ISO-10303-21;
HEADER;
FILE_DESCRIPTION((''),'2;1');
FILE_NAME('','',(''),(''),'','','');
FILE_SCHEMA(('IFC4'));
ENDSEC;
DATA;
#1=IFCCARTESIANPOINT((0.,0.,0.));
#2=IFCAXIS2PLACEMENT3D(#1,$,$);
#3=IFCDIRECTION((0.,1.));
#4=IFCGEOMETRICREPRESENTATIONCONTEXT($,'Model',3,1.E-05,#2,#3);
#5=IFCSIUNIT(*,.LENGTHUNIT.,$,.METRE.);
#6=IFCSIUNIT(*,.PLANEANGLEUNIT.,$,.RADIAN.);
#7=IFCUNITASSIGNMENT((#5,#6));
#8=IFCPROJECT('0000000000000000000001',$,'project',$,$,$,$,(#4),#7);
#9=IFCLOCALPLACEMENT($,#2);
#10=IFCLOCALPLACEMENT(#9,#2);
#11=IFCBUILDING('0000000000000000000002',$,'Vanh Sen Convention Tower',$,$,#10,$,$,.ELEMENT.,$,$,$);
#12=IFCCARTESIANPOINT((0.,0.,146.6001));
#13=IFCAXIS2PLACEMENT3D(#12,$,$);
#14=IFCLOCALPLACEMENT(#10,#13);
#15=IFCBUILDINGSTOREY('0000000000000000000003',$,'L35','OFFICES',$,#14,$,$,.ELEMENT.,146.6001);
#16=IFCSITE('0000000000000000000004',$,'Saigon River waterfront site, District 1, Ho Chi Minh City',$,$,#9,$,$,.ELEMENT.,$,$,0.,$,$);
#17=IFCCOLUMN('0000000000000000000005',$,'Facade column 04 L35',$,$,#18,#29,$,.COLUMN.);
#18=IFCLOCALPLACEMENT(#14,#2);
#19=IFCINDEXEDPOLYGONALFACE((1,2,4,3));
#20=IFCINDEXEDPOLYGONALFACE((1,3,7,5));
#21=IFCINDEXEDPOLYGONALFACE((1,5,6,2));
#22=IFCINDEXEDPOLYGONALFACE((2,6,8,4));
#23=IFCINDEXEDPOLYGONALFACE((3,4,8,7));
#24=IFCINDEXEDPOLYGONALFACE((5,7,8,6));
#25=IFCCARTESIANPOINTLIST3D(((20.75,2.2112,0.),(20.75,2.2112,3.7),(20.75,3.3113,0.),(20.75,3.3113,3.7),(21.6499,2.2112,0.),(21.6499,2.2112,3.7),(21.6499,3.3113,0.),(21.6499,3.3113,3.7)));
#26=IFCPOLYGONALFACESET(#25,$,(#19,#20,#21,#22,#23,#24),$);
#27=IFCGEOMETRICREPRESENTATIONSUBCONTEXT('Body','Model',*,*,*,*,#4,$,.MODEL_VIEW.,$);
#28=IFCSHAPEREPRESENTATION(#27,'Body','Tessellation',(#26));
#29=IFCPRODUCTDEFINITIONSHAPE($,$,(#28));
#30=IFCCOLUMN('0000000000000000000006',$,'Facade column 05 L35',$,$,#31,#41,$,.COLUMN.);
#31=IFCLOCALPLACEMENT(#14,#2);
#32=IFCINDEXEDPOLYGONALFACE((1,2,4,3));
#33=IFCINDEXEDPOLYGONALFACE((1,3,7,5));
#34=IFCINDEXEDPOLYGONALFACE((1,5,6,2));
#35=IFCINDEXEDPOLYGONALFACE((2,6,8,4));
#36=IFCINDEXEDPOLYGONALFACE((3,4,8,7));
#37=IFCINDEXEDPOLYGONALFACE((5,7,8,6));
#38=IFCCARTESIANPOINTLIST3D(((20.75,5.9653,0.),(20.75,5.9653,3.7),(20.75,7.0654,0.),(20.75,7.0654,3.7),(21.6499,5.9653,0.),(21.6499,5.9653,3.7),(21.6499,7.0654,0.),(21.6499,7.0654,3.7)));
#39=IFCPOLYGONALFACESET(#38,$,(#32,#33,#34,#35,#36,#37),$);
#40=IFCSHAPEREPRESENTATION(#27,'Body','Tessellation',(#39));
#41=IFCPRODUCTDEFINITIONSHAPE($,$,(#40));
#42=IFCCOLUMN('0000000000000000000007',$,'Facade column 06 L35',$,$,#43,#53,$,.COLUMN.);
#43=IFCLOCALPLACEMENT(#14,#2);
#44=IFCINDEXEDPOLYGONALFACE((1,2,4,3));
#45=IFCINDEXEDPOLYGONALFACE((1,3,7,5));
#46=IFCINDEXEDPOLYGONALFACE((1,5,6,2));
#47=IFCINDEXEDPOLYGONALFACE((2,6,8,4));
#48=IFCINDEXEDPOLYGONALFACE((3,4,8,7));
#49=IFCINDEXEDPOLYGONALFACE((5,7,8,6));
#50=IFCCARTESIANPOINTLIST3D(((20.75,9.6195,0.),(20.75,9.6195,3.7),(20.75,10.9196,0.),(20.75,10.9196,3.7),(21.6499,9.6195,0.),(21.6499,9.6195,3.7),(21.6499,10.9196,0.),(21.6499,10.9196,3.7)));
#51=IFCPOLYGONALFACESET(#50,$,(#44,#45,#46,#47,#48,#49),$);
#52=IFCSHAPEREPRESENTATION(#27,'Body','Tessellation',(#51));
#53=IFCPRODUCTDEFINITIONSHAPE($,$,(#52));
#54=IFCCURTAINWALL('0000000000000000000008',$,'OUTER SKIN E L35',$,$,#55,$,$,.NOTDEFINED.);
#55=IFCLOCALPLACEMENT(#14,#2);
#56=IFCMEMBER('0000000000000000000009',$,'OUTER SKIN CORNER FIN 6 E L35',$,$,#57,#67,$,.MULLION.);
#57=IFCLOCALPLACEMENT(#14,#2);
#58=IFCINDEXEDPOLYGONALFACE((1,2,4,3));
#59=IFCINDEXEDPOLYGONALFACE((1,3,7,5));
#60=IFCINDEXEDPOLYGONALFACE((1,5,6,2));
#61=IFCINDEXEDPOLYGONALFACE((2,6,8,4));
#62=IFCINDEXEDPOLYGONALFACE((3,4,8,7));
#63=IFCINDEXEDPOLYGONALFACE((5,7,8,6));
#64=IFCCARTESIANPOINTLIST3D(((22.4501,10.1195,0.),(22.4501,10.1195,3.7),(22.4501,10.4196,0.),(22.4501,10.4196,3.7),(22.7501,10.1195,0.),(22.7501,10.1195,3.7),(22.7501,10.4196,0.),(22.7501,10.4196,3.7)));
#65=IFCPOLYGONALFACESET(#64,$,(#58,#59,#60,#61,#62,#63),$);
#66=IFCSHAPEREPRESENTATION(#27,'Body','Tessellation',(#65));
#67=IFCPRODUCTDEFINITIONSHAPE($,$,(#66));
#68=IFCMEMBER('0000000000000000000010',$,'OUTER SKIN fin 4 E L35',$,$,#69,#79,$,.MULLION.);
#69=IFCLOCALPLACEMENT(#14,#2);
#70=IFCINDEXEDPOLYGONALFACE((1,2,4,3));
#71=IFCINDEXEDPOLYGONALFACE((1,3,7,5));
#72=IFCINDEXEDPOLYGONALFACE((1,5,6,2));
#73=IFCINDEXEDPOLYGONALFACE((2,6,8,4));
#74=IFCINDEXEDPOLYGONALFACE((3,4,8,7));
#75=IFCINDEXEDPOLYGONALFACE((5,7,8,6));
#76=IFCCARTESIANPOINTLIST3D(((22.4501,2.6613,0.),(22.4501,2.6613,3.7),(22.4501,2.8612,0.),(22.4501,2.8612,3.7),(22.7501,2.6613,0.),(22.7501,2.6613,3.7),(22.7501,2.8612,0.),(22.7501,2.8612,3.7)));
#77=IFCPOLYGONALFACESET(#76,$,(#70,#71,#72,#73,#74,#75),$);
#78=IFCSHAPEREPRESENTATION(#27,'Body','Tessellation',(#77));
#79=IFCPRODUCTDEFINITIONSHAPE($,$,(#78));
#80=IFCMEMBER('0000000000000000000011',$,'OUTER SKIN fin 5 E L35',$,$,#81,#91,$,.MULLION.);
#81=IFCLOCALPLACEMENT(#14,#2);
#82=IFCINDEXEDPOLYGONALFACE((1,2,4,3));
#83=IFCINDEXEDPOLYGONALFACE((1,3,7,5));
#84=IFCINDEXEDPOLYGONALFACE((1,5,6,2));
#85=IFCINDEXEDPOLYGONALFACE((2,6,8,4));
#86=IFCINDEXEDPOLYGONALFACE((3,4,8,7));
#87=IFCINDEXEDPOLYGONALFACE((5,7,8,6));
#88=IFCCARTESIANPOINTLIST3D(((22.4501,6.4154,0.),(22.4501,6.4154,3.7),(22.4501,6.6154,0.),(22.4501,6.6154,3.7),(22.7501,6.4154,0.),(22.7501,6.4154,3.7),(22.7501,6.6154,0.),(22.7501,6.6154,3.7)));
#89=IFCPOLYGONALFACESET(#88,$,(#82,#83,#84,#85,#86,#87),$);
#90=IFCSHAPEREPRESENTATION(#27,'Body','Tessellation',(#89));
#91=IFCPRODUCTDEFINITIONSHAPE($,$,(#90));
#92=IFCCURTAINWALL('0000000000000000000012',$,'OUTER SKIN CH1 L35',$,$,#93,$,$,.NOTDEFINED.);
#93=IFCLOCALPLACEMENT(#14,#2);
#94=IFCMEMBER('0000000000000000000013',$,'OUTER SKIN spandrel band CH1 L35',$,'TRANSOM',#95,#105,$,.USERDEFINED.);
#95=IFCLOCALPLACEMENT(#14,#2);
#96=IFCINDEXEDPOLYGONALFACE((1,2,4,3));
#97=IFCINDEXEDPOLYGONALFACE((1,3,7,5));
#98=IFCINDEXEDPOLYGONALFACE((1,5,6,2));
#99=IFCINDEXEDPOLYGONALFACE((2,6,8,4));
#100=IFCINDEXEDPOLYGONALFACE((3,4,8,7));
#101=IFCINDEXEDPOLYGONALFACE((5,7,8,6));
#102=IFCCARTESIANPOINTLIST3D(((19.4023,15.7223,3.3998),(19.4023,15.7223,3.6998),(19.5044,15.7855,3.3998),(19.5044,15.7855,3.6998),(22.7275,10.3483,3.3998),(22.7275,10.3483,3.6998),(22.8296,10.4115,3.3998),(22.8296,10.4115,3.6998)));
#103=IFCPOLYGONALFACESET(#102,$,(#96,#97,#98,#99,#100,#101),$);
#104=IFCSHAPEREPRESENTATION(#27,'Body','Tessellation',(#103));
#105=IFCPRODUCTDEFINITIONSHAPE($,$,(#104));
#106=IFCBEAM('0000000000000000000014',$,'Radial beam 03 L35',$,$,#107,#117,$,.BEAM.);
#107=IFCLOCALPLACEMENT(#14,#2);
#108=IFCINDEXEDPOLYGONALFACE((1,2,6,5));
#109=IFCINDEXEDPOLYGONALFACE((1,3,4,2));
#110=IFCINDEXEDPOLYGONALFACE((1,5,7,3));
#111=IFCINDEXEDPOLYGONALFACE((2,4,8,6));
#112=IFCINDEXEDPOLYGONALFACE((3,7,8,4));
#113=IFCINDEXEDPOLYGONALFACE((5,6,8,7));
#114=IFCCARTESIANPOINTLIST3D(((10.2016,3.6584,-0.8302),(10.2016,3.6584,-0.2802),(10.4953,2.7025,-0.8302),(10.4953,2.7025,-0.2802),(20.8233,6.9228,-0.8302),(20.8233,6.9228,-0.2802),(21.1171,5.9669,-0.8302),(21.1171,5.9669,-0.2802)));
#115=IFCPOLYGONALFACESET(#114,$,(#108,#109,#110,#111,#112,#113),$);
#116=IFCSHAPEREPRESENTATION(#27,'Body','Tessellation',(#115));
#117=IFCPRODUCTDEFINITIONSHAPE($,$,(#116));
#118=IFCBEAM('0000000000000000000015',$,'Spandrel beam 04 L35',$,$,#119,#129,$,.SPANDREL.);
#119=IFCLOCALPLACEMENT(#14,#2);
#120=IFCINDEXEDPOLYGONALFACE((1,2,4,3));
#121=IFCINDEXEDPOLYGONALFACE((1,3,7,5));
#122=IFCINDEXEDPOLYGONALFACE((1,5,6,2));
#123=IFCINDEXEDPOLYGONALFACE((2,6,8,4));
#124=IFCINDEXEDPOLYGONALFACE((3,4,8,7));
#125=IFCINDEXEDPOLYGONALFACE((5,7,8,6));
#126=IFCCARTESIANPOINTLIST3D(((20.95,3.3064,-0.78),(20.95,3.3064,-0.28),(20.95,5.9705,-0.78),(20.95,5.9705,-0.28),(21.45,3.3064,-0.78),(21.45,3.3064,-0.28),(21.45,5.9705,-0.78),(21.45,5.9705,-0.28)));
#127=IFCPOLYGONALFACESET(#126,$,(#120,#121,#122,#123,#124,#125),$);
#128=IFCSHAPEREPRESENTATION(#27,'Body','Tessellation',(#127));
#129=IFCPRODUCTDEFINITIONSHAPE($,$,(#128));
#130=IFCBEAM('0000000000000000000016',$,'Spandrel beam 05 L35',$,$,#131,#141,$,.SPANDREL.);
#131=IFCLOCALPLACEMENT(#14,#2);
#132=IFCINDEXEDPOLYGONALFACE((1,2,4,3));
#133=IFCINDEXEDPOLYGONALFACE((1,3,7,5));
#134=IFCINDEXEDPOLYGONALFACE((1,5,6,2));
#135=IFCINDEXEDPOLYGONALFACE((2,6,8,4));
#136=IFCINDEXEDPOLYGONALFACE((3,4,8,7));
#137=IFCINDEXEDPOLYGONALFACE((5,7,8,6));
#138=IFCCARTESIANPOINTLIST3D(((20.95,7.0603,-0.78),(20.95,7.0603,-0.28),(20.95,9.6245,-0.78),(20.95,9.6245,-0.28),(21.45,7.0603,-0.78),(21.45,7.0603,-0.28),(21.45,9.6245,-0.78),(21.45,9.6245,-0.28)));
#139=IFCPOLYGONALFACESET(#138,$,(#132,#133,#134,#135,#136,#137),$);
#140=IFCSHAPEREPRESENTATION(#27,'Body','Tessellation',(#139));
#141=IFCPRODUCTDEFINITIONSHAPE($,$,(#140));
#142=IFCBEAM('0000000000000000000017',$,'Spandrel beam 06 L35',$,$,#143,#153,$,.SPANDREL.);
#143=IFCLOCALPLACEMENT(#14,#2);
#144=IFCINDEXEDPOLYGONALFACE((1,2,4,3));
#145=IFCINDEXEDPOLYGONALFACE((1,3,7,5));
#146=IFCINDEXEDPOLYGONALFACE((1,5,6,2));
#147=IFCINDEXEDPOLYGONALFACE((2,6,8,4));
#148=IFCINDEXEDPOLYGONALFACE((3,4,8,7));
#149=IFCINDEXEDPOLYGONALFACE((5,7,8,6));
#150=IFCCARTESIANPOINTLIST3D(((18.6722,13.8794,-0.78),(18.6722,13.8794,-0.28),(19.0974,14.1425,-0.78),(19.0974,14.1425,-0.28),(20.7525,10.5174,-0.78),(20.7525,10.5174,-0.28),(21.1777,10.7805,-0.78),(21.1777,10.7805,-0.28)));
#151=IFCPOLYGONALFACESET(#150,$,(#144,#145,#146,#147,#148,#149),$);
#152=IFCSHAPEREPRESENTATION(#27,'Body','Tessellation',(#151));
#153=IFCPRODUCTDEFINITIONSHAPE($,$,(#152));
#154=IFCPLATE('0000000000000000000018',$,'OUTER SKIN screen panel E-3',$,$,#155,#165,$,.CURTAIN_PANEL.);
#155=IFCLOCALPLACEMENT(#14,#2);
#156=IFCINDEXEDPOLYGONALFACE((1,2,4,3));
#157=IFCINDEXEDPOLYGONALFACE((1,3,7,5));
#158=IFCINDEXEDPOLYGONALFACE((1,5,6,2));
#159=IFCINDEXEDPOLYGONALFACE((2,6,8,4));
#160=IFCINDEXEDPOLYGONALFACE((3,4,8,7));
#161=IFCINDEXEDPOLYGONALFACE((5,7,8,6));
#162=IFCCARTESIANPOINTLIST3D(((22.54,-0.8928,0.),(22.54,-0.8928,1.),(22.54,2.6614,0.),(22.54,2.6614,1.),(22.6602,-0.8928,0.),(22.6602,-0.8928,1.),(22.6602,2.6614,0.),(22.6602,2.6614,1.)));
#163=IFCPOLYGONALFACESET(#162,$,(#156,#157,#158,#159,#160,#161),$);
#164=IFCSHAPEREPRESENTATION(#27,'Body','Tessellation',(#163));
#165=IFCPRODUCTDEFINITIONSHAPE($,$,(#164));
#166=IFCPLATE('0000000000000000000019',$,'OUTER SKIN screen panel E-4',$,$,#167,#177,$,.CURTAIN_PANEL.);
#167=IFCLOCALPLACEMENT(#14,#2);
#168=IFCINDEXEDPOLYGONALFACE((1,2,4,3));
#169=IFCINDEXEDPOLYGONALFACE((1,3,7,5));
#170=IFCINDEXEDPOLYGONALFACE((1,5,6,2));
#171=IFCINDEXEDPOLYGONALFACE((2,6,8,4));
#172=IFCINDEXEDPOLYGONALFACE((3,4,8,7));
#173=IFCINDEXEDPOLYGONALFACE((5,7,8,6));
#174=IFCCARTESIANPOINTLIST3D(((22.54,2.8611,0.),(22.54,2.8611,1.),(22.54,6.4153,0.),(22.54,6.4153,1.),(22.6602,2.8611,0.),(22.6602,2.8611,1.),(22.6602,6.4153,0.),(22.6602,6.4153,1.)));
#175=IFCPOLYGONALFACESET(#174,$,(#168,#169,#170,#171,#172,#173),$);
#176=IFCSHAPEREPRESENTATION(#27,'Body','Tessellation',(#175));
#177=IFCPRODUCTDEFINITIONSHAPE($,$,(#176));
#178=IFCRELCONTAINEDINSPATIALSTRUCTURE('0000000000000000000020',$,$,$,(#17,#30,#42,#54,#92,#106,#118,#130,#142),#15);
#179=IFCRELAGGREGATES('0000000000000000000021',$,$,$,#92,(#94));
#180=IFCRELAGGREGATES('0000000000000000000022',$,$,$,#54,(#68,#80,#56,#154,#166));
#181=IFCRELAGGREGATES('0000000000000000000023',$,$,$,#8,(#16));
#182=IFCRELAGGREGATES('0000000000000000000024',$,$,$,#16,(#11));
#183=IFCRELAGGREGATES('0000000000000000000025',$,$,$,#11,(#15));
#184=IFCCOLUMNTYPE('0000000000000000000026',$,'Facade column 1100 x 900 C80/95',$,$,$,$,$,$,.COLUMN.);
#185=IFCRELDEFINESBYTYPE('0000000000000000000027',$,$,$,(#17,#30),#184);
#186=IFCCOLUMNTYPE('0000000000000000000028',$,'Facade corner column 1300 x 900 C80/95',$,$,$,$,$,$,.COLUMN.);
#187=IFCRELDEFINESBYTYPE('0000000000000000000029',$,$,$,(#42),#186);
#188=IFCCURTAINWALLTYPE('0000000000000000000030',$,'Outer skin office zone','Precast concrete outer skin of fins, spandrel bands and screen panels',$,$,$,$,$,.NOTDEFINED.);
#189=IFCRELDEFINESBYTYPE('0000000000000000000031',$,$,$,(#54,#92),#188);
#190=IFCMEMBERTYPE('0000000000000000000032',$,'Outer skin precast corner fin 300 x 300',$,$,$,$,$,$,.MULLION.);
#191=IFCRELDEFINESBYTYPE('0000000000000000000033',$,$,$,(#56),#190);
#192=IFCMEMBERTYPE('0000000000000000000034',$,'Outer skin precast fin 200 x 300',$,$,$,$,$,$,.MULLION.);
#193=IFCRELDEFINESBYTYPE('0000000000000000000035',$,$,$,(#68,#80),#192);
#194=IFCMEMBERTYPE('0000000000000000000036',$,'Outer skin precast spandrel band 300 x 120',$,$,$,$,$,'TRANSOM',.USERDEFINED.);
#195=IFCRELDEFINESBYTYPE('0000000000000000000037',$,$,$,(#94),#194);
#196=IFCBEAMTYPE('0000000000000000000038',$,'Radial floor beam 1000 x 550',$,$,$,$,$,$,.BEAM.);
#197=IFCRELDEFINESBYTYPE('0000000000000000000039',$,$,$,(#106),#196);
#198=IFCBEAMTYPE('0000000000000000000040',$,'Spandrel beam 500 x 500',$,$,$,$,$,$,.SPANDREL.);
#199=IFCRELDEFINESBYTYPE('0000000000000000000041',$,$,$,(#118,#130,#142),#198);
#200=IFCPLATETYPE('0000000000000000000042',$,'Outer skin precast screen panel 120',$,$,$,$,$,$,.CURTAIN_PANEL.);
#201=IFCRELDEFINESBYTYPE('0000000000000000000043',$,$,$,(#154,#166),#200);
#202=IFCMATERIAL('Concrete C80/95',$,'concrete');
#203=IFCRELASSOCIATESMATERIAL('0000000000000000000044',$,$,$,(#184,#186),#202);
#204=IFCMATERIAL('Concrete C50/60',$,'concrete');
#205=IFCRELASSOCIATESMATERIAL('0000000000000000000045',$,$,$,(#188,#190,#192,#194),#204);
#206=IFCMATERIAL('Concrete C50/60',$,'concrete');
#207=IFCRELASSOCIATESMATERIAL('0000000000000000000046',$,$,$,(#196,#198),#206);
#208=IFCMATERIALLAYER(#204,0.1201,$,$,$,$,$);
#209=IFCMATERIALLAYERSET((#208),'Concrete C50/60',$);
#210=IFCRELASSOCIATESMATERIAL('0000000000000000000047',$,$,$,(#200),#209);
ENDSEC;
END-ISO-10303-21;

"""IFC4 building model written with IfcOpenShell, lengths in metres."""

from ifc_helpers import new_model, si_unit, direction, frame, origin, origin_2d, place, context, subcontext, project, spatial, rectangle, extrude, material, layer, layer_set, material_profile, profile_set, type_object, element, aggregate, save


model = new_model("IFC4")

# Units and contexts
model_context = context("Model", 3, precision=1e-05, world=origin(), true_north=direction((0.0, 1.0)))
body_context = subcontext(model_context, "Body", "Model", "MODEL_VIEW")
ifc_project = project(units=[si_unit("LENGTHUNIT", "METRE"), si_unit("PLANEANGLEUNIT", "RADIAN")], contexts=[model_context])

# Site, building, storey
site_placement = place(None, origin())
site = spatial("IfcSite", under=ifc_project, at=site_placement, Name="Saigon River waterfront site, District 1, Ho Chi Minh City", CompositionType="ELEMENT", RefElevation=0.0)
building_placement = place(site_placement, origin())
building = spatial("IfcBuilding", under=site, at=building_placement, Name="Vanh Sen Convention Tower", CompositionType="ELEMENT")
storey_placement = place(building_placement, frame((0.0, 0.0, 146.6001)))
storey = spatial("IfcBuildingStorey", under=building, at=storey_placement, Name="L35", Description="OFFICES", CompositionType="ELEMENT", Elevation=146.6001)

# Columns
ifc_material_1 = material(Name="Concrete C80/95", Category="concrete")
ifc_material_profile_1 = material_profile(ifc_material_1, rectangle(XDim=1.1001, YDim=0.8999, at=origin_2d()), Name="RC 1100X900")
ifc_profile_set_1 = profile_set([ifc_material_profile_1], Name="Concrete C80/95")
column_type_1 = type_object("IfcColumnType", Name="Facade column 1100 x 900 C80/95", PredefinedType="COLUMN", material=ifc_profile_set_1)
for number, where, z_axis, x_axis, name in (
    (1, (21.2, 2.7612, 0.0), (0.0, 0.0, 1.0), (0.0, 1.0, 0.0), "Facade column 04 L35"),
    (2, (21.2, 6.5154, 0.0), (0.0, 0.0, 1.0), (0.0, 1.0, 0.0), "Facade column 05 L35"),
):
    element("IfcColumn", number, at=place(storey_placement, frame(where, z_axis=z_axis, x_axis=x_axis)), inside=storey, type_object=column_type_1, Name=name, PredefinedType="COLUMN", context=body_context, shape_type="SweptSolid", body=[
        extrude(rectangle(XDim=1.1001, YDim=0.8999, at=origin_2d()), origin(), (0.0, 0.0, 1.0), 3.7),
    ])
ifc_material_profile_2 = material_profile(ifc_material_1, rectangle(XDim=1.3, YDim=0.8999, at=origin_2d()), Name="RC 1300X900")
ifc_profile_set_2 = profile_set([ifc_material_profile_2], Name="Concrete C80/95")
column_type_2 = type_object("IfcColumnType", Name="Facade corner column 1300 x 900 C80/95", PredefinedType="COLUMN", material=ifc_profile_set_2)
column_placement = place(storey_placement, frame((21.2, 10.2695, 0.0), z_axis=(0.0, 0.0, 1.0), x_axis=(0.0, 1.0, 0.0)))
element("IfcColumn", 3, at=column_placement, inside=storey, type_object=column_type_2, Name="Facade column 06 L35", PredefinedType="COLUMN", context=body_context, shape_type="SweptSolid", body=[
    extrude(rectangle(XDim=1.3, YDim=0.8999, at=origin_2d()), origin(), (0.0, 0.0, 1.0), 3.7),
])

# Curtain wall, members
ifc_material_2 = material(Name="Concrete C50/60", Category="concrete")
curtain_wall_type = type_object("IfcCurtainWallType", Name="Outer skin office zone", Description="Precast concrete outer skin of fins, spandrel bands and screen panels", PredefinedType="NOTDEFINED", material=ifc_material_2)
curtain_wall_1_placement = place(storey_placement, origin())
curtain_wall_1 = element("IfcCurtainWall", 4, at=curtain_wall_1_placement, inside=storey, type_object=curtain_wall_type, Name="OUTER SKIN E L35", PredefinedType="NOTDEFINED")
ifc_material_profile_3 = material_profile(ifc_material_2, rectangle(XDim=0.3, YDim=0.3, at=origin_2d()), Name="Outer skin precast corner fin 300 x 300")
ifc_profile_set_3 = profile_set([ifc_material_profile_3], Name="Concrete C50/60")
member_type_1 = type_object("IfcMemberType", Name="Outer skin precast corner fin 300 x 300", PredefinedType="MULLION", material=ifc_profile_set_3)
member_1_placement = place(storey_placement, frame((22.6001, 10.2695, 0.0), z_axis=(0.0, 0.0, 1.0), x_axis=(0.0, 1.0, 0.0)))
member_1 = element("IfcMember", 5, at=member_1_placement, type_object=member_type_1, Name="OUTER SKIN CORNER FIN 6 E L35", PredefinedType="MULLION", context=body_context, shape_type="SweptSolid", body=[
    extrude(rectangle(XDim=0.3, YDim=0.3, at=origin_2d()), origin(), (0.0, 0.0, 1.0), 3.7),
])
ifc_material_profile_4 = material_profile(ifc_material_2, rectangle(XDim=0.2, YDim=0.3, at=origin_2d()), Name="Outer skin precast fin 200 x 300")
ifc_profile_set_4 = profile_set([ifc_material_profile_4], Name="Concrete C50/60")
member_type_2 = type_object("IfcMemberType", Name="Outer skin precast fin 200 x 300", PredefinedType="MULLION", material=ifc_profile_set_4)
member_2_placement = place(storey_placement, frame((22.6001, 2.7612, 0.0), z_axis=(0.0, 0.0, 1.0), x_axis=(0.0, 1.0, 0.0)))
member_2 = element("IfcMember", 6, at=member_2_placement, type_object=member_type_2, Name="OUTER SKIN fin 4 E L35", PredefinedType="MULLION", context=body_context, shape_type="SweptSolid", body=[
    extrude(rectangle(XDim=0.2, YDim=0.3, at=origin_2d()), origin(), (0.0, 0.0, 1.0), 3.7),
])
member_3_placement = place(storey_placement, frame((22.6001, 6.5154, 0.0), z_axis=(0.0, 0.0, 1.0), x_axis=(0.0, 1.0, 0.0)))
member_3 = element("IfcMember", 7, at=member_3_placement, type_object=member_type_2, Name="OUTER SKIN fin 5 E L35", PredefinedType="MULLION", context=body_context, shape_type="SweptSolid", body=[
    extrude(rectangle(XDim=0.2, YDim=0.3, at=origin_2d()), origin(), (0.0, 0.0, 1.0), 3.7),
])

# Curtain wall, member
curtain_wall_2_placement = place(storey_placement, origin())
curtain_wall_2 = element("IfcCurtainWall", 8, at=curtain_wall_2_placement, inside=storey, type_object=curtain_wall_type, Name="OUTER SKIN CH1 L35", PredefinedType="NOTDEFINED")
ifc_material_profile_5 = material_profile(ifc_material_2, rectangle(XDim=0.1201, YDim=0.3, at=origin_2d()), Name="Outer skin precast spandrel band 300 x 120")
ifc_profile_set_5 = profile_set([ifc_material_profile_5], Name="Concrete C50/60")
member_type_3 = type_object("IfcMemberType", Name="Outer skin precast spandrel band 300 x 120", ElementType="TRANSOM", PredefinedType="USERDEFINED", material=ifc_profile_set_5)
member_4_placement = place(storey_placement, frame((22.7786, 10.3799, 3.5498), z_axis=(-0.526174, 0.850377, 0.0), x_axis=(-0.850377, -0.526174, 0.0)))
member_4 = element("IfcMember", 9, at=member_4_placement, type_object=member_type_3, Name="OUTER SKIN spandrel band CH1 L35", ObjectType="TRANSOM", PredefinedType="USERDEFINED", context=body_context, shape_type="SweptSolid", body=[
    extrude(rectangle(XDim=0.1201, YDim=0.3, at=origin_2d()), origin(), (0.0, 0.0, 1.0), 6.3196),
])
aggregate(curtain_wall_2, [member_4])

# Beams
ifc_material_3 = material(Name="Concrete C50/60", Category="concrete")
ifc_material_profile_6 = material_profile(ifc_material_3, rectangle(XDim=1.0, YDim=0.55, at=origin_2d()), Name="RC 1000X550")
ifc_profile_set_6 = profile_set([ifc_material_profile_6], Name="Concrete C50/60")
beam_type_1 = type_object("IfcBeamType", Name="Radial floor beam 1000 x 550", PredefinedType="BEAM", material=ifc_profile_set_6)
beam_1_placement = place(storey_placement, frame((20.9702, 6.4448, -0.5552), z_axis=(-0.955876, -0.293769, 0.0), x_axis=(0.293769, -0.955876, 0.0)))
element("IfcBeam", 10, at=beam_1_placement, inside=storey, type_object=beam_type_1, Name="Radial beam 03 L35", PredefinedType="BEAM", context=body_context, shape_type="SweptSolid", body=[
    extrude(rectangle(XDim=1.0, YDim=0.55, at=origin_2d()), origin(), (0.0, 0.0, 1.0), 11.1121),
])
ifc_material_profile_7 = material_profile(ifc_material_3, rectangle(XDim=0.5, YDim=0.5, at=origin_2d()), Name="RC 500X500")
ifc_profile_set_7 = profile_set([ifc_material_profile_7], Name="Concrete C50/60")
beam_type_2 = type_object("IfcBeamType", Name="Spandrel beam 500 x 500", PredefinedType="SPANDREL", material=ifc_profile_set_7)
beam_2_placement = place(storey_placement, frame((21.2, 3.3064, -0.53), z_axis=(0.0, 1.0, 0.0), x_axis=(-1.0, 0.0, 0.0)))
element("IfcBeam", 11, at=beam_2_placement, inside=storey, type_object=beam_type_2, Name="Spandrel beam 04 L35", PredefinedType="SPANDREL", context=body_context, shape_type="SweptSolid", body=[
    extrude(rectangle(XDim=0.5, YDim=0.5, at=origin_2d()), origin(), (0.0, 0.0, 1.0), 2.6641),
])
beam_3_placement = place(storey_placement, frame((21.2, 7.0603, -0.53), z_axis=(0.0, 1.0, 0.0), x_axis=(-1.0, 0.0, 0.0)))
element("IfcBeam", 12, at=beam_3_placement, inside=storey, type_object=beam_type_2, Name="Spandrel beam 05 L35", PredefinedType="SPANDREL", context=body_context, shape_type="SweptSolid", body=[
    extrude(rectangle(XDim=0.5, YDim=0.5, at=origin_2d()), origin(), (0.0, 0.0, 1.0), 2.5642),
])
beam_4_placement = place(storey_placement, frame((20.9651, 10.6489, -0.53), z_axis=(-0.52618, 0.850373, 0.0), x_axis=(-0.850373, -0.52618, 0.0)))
element("IfcBeam", 13, at=beam_4_placement, inside=storey, type_object=beam_type_2, Name="Spandrel beam 06 L35", PredefinedType="SPANDREL", context=body_context, shape_type="SweptSolid", body=[
    extrude(rectangle(XDim=0.5, YDim=0.5, at=origin_2d()), origin(), (0.0, 0.0, 1.0), 3.9536),
])

# Plates
ifc_layer_1 = layer(ifc_material_2, 0.1201)
ifc_layer_set_1 = layer_set([ifc_layer_1], Name="Concrete C50/60")
plate_type = type_object("IfcPlateType", Name="Outer skin precast screen panel 120", PredefinedType="CURTAIN_PANEL", material=ifc_layer_set_1)
plate_1_placement = place(storey_placement, frame((22.6001, 0.8843, 0.0), z_axis=(0.0, 0.0, 1.0), x_axis=(0.0, 1.0, 0.0)))
plate_1 = element("IfcPlate", 14, at=plate_1_placement, type_object=plate_type, Name="OUTER SKIN screen panel E-3", PredefinedType="CURTAIN_PANEL", context=body_context, shape_type="SweptSolid", body=[
    extrude(rectangle(XDim=3.5542, YDim=0.1201, at=origin_2d()), origin(), (0.0, 0.0, 1.0), 1.0),
])
plate_2_placement = place(storey_placement, frame((22.6001, 4.6382, 0.0), z_axis=(0.0, 0.0, 1.0), x_axis=(0.0, 1.0, 0.0)))
plate_2 = element("IfcPlate", 15, at=plate_2_placement, type_object=plate_type, Name="OUTER SKIN screen panel E-4", PredefinedType="CURTAIN_PANEL", context=body_context, shape_type="SweptSolid", body=[
    extrude(rectangle(XDim=3.5542, YDim=0.1201, at=origin_2d()), origin(), (0.0, 0.0, 1.0), 1.0),
])
aggregate(curtain_wall_1, [member_2, member_3, member_1, plate_1, plate_2])

save(model, "model.ifc")
